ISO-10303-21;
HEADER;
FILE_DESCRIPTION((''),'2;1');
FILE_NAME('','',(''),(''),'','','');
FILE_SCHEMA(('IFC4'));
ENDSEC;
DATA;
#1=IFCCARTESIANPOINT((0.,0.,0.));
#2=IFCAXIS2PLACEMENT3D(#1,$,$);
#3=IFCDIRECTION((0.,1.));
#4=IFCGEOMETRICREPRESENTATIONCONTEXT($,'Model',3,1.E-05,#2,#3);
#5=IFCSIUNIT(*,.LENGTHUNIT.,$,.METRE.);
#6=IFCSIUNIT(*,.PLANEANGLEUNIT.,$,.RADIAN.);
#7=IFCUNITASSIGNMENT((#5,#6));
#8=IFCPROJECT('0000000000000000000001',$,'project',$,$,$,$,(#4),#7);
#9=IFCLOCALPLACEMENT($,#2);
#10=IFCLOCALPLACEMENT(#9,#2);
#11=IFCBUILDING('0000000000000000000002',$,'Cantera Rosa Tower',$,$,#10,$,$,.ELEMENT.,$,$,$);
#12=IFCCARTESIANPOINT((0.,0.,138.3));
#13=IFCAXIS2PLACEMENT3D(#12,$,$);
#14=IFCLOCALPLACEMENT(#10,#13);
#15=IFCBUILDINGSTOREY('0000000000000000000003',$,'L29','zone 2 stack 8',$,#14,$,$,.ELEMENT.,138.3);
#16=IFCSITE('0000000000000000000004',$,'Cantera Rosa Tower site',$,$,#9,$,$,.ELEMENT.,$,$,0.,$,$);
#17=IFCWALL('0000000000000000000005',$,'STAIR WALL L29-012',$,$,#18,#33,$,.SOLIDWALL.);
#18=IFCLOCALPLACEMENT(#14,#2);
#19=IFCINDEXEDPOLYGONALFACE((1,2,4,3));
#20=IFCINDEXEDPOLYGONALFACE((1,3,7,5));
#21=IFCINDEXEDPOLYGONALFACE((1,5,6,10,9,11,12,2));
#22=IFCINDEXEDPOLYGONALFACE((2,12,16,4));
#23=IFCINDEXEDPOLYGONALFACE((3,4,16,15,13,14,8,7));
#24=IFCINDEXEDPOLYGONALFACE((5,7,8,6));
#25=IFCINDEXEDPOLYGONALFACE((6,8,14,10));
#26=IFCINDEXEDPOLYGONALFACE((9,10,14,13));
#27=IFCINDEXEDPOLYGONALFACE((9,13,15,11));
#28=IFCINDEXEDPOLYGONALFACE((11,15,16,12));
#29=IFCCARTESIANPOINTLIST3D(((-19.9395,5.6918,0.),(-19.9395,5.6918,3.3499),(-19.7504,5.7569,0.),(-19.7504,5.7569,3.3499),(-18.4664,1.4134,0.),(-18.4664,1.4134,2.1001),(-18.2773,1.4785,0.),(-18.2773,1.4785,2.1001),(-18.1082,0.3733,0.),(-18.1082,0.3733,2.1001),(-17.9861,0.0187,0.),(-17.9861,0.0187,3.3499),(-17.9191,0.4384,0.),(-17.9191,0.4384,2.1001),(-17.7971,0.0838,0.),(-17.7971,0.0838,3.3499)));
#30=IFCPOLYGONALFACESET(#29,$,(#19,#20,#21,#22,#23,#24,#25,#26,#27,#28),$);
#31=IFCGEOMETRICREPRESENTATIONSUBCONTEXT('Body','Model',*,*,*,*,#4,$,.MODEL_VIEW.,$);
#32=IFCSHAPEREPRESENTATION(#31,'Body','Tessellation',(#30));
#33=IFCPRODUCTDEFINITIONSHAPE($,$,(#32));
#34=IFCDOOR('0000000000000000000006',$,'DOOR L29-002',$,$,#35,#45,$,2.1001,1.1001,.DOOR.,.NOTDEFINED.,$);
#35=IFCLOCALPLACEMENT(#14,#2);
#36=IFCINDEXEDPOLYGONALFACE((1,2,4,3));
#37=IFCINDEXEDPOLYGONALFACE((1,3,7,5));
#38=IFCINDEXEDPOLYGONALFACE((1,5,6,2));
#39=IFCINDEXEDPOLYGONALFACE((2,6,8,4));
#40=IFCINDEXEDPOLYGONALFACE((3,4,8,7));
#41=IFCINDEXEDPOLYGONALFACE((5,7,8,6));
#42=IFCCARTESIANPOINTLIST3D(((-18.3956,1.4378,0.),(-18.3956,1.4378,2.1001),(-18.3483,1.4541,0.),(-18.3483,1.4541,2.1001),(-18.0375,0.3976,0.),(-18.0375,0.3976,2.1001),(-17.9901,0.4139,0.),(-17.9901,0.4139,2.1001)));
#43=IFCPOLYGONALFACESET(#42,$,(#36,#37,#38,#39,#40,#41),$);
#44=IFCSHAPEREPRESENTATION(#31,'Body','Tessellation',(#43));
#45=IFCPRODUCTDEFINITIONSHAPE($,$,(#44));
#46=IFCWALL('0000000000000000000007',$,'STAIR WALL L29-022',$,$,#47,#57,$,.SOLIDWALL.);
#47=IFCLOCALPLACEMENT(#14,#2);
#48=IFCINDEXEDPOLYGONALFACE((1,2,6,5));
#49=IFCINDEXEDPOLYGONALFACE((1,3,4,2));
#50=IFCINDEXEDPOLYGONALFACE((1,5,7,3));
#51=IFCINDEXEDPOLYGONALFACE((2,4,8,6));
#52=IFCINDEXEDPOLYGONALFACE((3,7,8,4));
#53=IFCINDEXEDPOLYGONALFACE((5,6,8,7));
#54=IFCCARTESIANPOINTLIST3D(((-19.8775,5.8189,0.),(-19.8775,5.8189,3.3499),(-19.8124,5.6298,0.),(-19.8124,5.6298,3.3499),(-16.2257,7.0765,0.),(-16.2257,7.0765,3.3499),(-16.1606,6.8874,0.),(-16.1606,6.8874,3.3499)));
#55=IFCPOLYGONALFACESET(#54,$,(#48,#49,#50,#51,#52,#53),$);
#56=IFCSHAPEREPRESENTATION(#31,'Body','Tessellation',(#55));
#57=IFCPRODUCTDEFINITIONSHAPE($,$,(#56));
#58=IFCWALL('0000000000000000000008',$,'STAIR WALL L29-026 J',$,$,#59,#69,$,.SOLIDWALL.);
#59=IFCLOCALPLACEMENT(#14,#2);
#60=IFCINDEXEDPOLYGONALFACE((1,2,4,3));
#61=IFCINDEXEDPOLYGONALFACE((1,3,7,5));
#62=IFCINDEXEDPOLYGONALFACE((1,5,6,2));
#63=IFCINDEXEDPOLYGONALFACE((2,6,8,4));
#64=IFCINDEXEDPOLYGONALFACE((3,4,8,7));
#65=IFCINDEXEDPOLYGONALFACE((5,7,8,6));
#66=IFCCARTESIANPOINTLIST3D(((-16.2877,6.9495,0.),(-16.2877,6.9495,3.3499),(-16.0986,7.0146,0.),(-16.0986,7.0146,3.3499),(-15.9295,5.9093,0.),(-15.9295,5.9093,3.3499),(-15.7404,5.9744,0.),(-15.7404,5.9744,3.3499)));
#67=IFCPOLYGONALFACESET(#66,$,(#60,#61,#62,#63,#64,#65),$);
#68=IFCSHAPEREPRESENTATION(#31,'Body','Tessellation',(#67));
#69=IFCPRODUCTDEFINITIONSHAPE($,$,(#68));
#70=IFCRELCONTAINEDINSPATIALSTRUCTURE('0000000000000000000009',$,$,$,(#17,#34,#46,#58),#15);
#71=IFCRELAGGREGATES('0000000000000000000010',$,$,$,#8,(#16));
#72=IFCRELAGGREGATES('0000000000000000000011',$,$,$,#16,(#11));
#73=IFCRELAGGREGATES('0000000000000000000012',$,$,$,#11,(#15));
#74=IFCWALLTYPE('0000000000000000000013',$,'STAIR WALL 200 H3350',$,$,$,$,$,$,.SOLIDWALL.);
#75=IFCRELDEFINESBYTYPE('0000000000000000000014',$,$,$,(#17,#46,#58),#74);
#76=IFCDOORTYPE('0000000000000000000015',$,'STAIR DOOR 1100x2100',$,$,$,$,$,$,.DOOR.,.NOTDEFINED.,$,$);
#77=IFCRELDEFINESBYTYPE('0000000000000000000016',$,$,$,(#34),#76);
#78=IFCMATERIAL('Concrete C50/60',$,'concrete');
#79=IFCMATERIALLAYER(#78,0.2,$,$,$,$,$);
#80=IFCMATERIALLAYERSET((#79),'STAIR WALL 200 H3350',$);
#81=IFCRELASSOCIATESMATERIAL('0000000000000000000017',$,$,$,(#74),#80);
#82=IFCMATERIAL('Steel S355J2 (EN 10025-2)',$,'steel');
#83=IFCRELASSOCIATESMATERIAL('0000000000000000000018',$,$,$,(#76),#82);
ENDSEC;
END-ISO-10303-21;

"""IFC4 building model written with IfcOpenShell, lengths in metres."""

from ifc_helpers import new_model, si_unit, direction, frame, frame_2d, origin, place, context, subcontext, project, spatial, rectangle, extrude, material, layer, layer_set, type_object, element, fill, save


model = new_model("IFC4")

# Units and contexts
model_context = context("Model", 3, precision=1e-05, world=origin(), true_north=direction((0.0, 1.0)))
body_context = subcontext(model_context, "Body", "Model", "MODEL_VIEW")
ifc_project = project(units=[si_unit("LENGTHUNIT", "METRE"), si_unit("PLANEANGLEUNIT", "RADIAN")], contexts=[model_context])

# Site, building, storey
site_placement = place(None, origin())
site = spatial("IfcSite", under=ifc_project, at=site_placement, Name="Cantera Rosa Tower site", CompositionType="ELEMENT", RefElevation=0.0)
building_placement = place(site_placement, origin())
building = spatial("IfcBuilding", under=site, at=building_placement, Name="Cantera Rosa Tower", CompositionType="ELEMENT")
storey_placement = place(building_placement, frame((0.0, 0.0, 138.3)))
storey = spatial("IfcBuildingStorey", under=building, at=storey_placement, Name="L29", Description="zone 2 stack 8", CompositionType="ELEMENT", Elevation=138.3)

# Wall, opening, door
ifc_material_1 = material(Name="Concrete C50/60", Category="concrete")
ifc_layer_1 = layer(ifc_material_1, 0.2)
ifc_layer_set_1 = layer_set([ifc_layer_1], Name="STAIR WALL 200 H3350")
wall_type_1 = type_object("IfcWallType", Name="STAIR WALL 200 H3350", PredefinedType="SOLIDWALL", material=ifc_layer_set_1)
wall_1_placement = place(storey_placement, frame((-19.845, 5.7244, 0.0), z_axis=(0.0, 0.0, 1.0), x_axis=(0.325563, -0.94552, 0.0)))
wall_1 = element("IfcWall", 1, at=wall_1_placement, inside=storey, type_object=wall_type_1, Name="STAIR WALL L29-012", PredefinedType="SOLIDWALL", context=body_context, shape_type="SweptSolid", body=[
    extrude(rectangle(XDim=6.0, YDim=0.2, at=frame_2d((3.0, 0.0))), origin(), (0.0, 0.0, 1.0), 3.3499),
])
opening_1_placement = place(wall_1_placement, frame((4.5249, 0.0, 0.0)))
opening_1 = element("IfcOpeningElement", 2, at=opening_1_placement, cuts=wall_1, PredefinedType="OPENING", context=body_context, shape_type="SweptSolid", body=[
    extrude(rectangle(XDim=1.1001, YDim=2.1001, at=frame_2d((0.55, 1.05))), frame((0.0, 0.1099, 0.0), z_axis=(0.0, -1.0, 0.0), x_axis=(1.0, 0.0, 0.0)), (0.0, 0.0, 1.0), 0.22),
])
ifc_material_2 = material(Name="Steel S355J2 (EN 10025-2)", Category="steel")
door_type_1 = type_object("IfcDoorType", Name="STAIR DOOR 1100x2100", OperationType="NOTDEFINED", PredefinedType="DOOR", material=ifc_material_2)
door_1_placement = place(opening_1_placement, origin())
door_1 = element("IfcDoor", 3, at=door_1_placement, inside=storey, type_object=door_type_1, Name="DOOR L29-002", OperationType="NOTDEFINED", OverallHeight=2.1001, OverallWidth=1.1001, PredefinedType="DOOR", context=body_context, shape_type="SweptSolid", body=[
    extrude(rectangle(XDim=1.1001, YDim=2.1001, at=frame_2d((0.55, 1.05))), frame((0.0, 0.0249, 0.0), z_axis=(0.0, -1.0, 0.0), x_axis=(1.0, 0.0, 0.0)), (0.0, 0.0, 1.0), 0.05),
])
fill(opening_1, door_1)

# Walls
wall_2_placement = place(storey_placement, frame((-16.1931, 6.9819, 0.0), z_axis=(0.0, 0.0, 1.0), x_axis=(-0.945508, -0.325599, 0.0)))
element("IfcWall", 4, at=wall_2_placement, inside=storey, type_object=wall_type_1, Name="STAIR WALL L29-022", PredefinedType="SOLIDWALL", context=body_context, shape_type="SweptSolid", body=[
    extrude(rectangle(XDim=3.8623, YDim=0.2, at=frame_2d((1.9312, 0.0))), origin(), (0.0, 0.0, 1.0), 3.3499),
])
wall_3_placement = place(storey_placement, frame((-15.835, 5.9419, 0.0), z_axis=(0.0, 0.0, 1.0), x_axis=(-0.325601, 0.945507, 0.0)))
element("IfcWall", 5, at=wall_3_placement, inside=storey, type_object=wall_type_1, Name="STAIR WALL L29-026 J", PredefinedType="SOLIDWALL", context=body_context, shape_type="SweptSolid", body=[
    extrude(rectangle(XDim=1.1001, YDim=0.2, at=frame_2d((0.55, 0.0))), origin(), (0.0, 0.0, 1.0), 3.3499),
])

save(model, "model.ifc")
